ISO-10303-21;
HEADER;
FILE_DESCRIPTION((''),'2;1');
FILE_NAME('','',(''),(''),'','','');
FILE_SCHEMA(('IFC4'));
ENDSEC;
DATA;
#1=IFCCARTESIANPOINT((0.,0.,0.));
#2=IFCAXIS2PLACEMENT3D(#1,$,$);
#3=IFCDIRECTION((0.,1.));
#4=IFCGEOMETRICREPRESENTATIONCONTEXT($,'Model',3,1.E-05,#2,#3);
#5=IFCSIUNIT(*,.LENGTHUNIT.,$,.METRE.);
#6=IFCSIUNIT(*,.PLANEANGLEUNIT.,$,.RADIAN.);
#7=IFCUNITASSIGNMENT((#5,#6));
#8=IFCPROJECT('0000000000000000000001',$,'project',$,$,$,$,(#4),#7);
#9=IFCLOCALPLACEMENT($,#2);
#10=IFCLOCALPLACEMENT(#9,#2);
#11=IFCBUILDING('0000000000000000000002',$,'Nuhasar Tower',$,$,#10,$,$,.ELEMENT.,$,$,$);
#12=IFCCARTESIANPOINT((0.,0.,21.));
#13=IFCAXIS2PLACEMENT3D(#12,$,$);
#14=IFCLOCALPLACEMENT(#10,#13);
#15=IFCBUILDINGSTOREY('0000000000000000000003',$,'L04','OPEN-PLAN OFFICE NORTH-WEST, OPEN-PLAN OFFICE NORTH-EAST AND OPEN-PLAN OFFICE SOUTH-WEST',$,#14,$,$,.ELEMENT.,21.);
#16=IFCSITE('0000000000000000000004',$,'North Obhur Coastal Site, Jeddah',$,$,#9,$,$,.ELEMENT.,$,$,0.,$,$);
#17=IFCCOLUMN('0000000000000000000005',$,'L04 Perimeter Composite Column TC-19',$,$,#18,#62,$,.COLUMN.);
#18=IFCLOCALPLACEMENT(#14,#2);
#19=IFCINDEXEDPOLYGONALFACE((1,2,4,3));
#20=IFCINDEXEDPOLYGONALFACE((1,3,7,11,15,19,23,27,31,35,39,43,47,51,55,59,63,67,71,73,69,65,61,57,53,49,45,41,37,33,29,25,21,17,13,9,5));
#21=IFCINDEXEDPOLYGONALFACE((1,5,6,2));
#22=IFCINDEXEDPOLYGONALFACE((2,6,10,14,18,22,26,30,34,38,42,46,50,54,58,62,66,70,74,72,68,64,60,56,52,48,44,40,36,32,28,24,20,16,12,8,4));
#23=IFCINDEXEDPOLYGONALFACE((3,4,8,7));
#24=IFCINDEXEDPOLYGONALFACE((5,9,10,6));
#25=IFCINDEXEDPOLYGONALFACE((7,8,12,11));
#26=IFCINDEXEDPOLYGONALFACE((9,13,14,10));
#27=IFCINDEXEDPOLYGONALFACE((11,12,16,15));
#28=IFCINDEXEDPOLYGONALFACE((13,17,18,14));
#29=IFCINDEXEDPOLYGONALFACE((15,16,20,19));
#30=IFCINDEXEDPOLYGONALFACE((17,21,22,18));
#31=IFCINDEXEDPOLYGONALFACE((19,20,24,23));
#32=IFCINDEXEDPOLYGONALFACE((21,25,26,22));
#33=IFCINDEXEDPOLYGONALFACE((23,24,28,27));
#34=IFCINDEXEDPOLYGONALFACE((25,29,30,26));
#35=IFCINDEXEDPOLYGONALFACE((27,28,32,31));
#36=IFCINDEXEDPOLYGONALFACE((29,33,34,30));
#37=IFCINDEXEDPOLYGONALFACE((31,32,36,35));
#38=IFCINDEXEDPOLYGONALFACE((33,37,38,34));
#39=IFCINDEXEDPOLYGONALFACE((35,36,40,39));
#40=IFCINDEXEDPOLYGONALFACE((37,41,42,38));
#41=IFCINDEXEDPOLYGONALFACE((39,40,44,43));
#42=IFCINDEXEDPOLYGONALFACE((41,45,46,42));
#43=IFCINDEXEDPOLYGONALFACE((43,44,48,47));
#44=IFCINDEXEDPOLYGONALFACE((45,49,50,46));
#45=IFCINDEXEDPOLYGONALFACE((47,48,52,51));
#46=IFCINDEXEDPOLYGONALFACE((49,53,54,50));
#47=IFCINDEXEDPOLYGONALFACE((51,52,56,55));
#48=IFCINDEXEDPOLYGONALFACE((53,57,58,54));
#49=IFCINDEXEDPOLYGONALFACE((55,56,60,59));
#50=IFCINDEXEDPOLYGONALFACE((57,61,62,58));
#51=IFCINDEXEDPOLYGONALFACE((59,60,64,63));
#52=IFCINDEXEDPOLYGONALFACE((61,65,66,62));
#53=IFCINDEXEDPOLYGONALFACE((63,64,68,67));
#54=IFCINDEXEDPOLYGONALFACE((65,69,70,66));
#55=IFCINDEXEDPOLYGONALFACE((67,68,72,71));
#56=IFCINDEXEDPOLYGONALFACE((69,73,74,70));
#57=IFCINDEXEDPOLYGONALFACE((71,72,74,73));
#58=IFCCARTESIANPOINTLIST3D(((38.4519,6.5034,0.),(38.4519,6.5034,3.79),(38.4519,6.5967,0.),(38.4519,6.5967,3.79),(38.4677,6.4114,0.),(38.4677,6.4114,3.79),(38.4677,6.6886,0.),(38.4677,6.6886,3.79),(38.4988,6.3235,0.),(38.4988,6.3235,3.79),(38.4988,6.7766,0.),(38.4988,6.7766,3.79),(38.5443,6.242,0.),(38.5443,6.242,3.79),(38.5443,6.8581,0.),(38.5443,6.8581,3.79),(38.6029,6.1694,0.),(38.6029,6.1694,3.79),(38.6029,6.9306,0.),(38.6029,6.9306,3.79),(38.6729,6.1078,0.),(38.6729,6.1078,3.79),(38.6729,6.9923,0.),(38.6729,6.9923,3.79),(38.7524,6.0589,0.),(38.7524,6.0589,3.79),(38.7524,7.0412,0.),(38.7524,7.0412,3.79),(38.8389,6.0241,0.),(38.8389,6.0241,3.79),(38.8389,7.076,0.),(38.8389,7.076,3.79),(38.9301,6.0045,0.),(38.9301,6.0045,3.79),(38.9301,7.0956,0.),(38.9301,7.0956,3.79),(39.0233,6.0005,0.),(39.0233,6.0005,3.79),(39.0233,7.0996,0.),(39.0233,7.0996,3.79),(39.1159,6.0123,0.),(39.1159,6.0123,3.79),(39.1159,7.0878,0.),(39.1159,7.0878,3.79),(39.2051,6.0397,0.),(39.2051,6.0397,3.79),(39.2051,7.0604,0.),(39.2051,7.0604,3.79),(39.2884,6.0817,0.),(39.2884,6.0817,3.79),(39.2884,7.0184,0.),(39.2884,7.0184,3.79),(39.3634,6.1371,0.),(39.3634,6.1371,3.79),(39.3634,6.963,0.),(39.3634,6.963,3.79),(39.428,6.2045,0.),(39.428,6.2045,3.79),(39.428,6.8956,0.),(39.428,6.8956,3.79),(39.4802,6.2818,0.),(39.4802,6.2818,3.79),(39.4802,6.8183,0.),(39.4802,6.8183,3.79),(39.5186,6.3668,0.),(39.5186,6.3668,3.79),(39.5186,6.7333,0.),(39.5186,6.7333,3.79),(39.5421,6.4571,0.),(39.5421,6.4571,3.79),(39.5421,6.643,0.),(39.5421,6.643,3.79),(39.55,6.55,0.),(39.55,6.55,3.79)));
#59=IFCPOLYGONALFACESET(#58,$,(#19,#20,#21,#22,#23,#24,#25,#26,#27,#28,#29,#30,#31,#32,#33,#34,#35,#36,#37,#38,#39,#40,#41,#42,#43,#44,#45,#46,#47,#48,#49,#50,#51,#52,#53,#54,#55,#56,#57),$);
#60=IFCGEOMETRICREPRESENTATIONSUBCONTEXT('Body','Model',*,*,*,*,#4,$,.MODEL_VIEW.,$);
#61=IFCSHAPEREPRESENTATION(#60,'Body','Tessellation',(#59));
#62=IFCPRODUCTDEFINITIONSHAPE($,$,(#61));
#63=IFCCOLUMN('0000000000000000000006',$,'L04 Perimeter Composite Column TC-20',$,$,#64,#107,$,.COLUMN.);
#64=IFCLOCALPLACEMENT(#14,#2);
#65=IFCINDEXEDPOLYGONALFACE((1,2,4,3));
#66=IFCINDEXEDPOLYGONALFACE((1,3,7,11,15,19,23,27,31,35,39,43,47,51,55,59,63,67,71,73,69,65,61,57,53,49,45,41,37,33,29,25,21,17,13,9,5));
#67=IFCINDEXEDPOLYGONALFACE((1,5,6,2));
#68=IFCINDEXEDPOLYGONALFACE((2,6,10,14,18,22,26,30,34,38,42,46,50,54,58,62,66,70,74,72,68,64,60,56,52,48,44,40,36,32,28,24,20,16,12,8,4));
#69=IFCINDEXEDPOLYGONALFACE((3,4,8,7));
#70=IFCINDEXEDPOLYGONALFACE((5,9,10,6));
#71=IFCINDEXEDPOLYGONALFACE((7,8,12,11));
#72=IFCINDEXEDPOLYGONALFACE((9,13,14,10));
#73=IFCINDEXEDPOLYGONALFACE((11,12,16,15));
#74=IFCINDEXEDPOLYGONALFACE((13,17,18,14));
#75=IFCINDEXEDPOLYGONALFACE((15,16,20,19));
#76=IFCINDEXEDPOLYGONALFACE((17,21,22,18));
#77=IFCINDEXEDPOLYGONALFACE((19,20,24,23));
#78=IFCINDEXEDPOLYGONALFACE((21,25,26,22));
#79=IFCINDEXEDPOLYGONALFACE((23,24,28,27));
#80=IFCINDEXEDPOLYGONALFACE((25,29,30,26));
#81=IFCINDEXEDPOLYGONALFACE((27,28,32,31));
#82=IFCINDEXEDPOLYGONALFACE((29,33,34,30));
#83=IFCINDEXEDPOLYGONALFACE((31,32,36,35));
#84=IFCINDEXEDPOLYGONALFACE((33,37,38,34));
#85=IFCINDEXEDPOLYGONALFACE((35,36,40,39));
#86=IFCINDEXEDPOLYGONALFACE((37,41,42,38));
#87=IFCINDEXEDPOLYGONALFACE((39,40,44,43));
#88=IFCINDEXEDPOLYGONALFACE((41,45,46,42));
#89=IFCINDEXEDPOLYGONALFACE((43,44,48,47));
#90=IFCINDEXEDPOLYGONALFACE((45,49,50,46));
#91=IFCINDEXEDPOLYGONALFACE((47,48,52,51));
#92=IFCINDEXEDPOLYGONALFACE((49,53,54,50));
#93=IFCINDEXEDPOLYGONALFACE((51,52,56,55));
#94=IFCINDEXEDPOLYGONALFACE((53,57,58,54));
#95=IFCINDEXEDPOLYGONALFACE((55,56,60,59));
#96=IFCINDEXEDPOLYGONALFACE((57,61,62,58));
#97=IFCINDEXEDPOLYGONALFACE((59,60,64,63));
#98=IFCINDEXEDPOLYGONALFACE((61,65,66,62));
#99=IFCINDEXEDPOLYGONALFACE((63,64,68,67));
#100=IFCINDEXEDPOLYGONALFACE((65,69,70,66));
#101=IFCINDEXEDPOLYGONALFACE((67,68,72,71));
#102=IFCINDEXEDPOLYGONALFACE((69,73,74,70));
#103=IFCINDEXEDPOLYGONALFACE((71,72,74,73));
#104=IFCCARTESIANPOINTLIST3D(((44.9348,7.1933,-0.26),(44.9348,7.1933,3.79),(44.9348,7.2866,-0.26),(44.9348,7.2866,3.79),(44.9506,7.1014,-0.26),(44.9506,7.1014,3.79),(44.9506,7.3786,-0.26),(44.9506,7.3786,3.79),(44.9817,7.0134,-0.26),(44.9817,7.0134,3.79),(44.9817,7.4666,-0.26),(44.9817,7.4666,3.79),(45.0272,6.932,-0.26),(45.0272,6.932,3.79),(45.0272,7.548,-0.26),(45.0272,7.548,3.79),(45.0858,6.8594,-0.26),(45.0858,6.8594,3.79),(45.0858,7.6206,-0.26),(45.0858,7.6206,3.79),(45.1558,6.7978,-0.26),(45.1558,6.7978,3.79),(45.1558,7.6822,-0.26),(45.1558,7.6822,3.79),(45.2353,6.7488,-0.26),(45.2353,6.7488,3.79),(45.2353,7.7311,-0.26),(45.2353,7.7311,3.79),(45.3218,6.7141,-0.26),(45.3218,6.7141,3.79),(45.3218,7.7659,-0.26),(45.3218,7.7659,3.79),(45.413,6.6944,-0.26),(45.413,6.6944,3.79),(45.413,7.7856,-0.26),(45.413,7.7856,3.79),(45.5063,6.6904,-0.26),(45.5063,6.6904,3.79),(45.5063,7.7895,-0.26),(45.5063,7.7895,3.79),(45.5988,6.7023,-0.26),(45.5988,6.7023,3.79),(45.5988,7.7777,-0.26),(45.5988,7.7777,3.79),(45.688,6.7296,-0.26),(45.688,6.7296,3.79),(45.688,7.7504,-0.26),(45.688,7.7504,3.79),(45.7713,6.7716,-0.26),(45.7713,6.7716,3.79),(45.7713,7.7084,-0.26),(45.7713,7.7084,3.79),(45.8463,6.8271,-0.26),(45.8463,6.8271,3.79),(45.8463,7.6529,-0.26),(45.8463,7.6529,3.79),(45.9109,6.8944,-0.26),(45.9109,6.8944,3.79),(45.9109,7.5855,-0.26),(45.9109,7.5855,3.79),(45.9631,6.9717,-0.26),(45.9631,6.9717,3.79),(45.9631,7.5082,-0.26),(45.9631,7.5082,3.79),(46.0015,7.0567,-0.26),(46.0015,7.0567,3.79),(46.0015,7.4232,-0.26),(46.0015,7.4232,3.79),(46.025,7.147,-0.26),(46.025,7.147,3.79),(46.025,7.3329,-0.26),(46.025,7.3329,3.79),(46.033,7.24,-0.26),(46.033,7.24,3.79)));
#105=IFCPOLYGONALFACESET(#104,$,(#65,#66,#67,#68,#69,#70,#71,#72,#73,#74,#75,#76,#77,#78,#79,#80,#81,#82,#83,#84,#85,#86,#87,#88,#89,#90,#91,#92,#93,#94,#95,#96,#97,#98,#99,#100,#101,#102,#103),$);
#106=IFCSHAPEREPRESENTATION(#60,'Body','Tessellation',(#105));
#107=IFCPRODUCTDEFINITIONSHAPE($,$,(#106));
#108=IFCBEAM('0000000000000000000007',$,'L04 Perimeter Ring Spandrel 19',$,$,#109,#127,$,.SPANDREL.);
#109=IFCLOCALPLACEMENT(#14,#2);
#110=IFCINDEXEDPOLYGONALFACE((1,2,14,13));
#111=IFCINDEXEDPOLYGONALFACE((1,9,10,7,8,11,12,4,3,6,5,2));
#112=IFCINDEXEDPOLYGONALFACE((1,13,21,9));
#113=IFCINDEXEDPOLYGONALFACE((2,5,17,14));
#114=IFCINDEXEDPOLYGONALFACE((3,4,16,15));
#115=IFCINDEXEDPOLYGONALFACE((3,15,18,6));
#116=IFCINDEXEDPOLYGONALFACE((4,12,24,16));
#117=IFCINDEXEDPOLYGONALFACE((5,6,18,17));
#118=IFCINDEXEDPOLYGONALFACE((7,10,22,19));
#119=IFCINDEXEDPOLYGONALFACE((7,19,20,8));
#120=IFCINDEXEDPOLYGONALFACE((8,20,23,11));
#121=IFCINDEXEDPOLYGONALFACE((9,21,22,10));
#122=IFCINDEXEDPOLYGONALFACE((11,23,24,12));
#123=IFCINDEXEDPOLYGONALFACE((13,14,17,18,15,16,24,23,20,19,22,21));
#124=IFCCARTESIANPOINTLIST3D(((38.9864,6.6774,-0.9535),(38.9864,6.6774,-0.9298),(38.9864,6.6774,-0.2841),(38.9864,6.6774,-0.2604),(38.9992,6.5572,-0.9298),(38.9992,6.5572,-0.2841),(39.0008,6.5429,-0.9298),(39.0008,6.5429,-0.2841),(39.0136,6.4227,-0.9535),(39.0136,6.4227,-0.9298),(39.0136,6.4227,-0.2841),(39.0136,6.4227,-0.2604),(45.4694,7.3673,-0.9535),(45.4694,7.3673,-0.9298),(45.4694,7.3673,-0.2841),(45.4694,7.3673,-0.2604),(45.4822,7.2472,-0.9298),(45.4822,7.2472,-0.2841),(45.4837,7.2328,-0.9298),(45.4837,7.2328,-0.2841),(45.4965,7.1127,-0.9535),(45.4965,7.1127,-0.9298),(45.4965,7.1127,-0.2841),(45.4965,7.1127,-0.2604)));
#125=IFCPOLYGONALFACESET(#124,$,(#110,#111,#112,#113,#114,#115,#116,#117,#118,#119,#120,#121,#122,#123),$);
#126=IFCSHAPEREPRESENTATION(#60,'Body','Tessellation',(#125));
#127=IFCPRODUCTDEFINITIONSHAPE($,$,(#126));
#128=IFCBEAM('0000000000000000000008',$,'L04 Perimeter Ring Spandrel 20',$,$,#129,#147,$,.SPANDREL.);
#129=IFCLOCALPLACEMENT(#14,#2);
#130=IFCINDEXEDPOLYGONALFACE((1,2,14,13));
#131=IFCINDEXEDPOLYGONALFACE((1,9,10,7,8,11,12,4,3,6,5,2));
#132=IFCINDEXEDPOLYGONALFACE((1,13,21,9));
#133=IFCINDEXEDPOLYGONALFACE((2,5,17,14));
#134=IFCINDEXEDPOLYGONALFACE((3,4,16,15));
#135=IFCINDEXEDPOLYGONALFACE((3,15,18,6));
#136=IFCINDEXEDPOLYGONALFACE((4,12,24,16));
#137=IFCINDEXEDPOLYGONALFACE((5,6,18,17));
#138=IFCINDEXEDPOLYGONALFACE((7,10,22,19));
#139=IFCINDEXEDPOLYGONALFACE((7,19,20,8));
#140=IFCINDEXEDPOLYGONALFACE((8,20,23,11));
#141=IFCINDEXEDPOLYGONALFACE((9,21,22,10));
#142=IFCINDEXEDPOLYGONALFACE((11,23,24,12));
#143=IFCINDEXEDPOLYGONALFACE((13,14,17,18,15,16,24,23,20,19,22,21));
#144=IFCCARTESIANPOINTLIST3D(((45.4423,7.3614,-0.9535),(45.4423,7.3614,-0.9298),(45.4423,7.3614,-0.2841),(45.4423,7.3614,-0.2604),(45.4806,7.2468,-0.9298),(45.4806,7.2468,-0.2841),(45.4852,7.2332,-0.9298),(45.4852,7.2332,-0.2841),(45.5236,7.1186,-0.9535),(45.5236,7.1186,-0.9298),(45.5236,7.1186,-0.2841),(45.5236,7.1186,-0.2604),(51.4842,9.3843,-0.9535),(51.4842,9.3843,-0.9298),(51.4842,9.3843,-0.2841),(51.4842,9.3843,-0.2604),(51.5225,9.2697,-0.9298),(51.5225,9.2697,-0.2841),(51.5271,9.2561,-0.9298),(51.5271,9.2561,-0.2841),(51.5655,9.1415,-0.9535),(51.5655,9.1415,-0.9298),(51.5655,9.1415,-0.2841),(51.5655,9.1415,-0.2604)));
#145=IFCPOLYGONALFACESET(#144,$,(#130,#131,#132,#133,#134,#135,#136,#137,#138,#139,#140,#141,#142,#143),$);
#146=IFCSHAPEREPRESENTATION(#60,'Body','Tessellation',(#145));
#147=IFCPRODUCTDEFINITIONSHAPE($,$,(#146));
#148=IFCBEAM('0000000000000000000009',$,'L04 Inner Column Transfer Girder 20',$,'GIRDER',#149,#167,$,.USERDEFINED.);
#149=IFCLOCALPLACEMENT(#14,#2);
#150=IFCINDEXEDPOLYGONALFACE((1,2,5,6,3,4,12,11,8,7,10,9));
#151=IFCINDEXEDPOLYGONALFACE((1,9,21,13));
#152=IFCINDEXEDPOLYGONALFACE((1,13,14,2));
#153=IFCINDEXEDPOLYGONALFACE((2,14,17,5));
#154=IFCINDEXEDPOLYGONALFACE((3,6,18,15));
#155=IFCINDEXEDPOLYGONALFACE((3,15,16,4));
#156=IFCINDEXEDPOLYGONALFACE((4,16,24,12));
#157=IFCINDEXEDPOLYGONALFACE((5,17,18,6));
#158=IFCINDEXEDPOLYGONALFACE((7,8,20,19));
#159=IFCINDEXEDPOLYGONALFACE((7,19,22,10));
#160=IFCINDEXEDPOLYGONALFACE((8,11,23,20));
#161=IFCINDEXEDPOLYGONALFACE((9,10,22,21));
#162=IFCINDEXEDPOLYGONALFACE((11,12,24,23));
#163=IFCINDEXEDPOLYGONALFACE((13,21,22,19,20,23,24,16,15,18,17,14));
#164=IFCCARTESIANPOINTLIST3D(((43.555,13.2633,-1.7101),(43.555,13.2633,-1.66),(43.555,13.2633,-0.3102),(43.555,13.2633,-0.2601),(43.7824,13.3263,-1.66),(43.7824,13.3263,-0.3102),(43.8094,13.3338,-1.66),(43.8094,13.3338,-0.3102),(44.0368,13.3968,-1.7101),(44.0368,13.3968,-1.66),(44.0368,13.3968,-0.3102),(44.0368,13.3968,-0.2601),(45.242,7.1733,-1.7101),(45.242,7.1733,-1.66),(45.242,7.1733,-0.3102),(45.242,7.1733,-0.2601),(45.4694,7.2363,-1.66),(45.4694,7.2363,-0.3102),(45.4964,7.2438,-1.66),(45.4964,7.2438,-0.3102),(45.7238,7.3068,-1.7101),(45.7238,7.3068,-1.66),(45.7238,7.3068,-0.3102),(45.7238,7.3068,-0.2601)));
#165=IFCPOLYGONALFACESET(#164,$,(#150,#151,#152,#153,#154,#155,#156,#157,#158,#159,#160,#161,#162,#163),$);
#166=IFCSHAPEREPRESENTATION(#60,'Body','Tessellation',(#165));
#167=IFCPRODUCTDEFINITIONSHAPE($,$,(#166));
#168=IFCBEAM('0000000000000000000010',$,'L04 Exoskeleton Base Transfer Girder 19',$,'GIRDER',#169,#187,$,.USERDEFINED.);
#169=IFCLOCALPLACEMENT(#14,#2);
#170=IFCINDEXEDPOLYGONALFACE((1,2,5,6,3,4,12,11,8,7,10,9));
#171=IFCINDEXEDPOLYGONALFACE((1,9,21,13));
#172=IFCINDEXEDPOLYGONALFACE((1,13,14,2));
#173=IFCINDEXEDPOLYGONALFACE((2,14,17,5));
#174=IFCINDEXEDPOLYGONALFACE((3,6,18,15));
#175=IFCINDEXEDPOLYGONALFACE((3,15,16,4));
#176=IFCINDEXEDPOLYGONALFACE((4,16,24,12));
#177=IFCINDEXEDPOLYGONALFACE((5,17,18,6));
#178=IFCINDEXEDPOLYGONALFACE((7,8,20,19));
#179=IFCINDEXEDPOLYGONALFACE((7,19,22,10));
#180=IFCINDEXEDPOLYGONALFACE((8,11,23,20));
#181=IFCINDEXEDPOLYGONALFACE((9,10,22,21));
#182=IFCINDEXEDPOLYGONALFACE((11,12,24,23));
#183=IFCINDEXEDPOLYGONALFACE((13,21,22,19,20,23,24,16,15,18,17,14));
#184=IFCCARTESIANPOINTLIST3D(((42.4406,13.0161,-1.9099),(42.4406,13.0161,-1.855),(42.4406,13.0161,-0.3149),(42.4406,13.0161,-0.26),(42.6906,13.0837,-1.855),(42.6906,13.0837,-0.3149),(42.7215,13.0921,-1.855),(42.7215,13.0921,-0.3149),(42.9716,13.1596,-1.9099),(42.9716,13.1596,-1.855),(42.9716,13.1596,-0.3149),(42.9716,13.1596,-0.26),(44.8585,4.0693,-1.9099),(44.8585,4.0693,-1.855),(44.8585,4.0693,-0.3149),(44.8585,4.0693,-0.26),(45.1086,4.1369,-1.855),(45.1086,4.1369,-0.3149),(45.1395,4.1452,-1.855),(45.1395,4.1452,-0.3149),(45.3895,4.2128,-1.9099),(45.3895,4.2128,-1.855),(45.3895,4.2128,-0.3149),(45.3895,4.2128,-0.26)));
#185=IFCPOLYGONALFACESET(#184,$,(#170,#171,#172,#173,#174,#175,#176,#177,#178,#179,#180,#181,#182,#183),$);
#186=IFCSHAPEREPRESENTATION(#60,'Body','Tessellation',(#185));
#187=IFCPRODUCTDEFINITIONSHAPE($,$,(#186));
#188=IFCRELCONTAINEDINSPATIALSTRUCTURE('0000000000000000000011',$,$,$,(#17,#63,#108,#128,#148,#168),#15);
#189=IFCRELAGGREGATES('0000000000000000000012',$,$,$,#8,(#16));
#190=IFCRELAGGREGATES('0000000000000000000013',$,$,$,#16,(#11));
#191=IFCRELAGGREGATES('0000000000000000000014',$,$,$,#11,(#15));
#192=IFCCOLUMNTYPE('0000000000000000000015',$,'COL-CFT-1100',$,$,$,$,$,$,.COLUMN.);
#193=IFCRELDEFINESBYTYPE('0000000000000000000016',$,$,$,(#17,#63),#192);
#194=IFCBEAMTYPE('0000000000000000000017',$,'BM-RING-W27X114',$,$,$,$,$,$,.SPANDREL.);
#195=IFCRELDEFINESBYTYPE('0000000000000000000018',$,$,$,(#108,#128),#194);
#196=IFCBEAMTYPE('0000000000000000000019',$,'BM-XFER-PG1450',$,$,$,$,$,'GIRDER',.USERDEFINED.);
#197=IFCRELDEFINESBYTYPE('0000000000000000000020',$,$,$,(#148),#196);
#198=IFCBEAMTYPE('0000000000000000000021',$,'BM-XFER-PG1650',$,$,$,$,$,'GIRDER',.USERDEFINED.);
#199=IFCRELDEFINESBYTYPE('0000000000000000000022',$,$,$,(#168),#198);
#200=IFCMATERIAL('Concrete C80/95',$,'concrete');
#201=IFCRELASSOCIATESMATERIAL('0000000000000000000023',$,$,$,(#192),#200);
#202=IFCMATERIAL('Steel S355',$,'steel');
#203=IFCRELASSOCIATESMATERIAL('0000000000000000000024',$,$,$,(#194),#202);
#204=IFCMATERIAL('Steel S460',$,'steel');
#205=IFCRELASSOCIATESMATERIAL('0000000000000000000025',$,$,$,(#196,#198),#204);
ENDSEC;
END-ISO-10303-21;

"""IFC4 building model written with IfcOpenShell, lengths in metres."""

from ifc_helpers import new_model, si_unit, direction, frame, origin, origin_2d, place, context, subcontext, project, spatial, circle, i_section, extrude, material, material_profile, profile_set, type_object, element, save


model = new_model("IFC4")

# Units and contexts
model_context = context("Model", 3, precision=1e-05, world=origin(), true_north=direction((0.0, 1.0)))
body_context = subcontext(model_context, "Body", "Model", "MODEL_VIEW")
ifc_project = project(units=[si_unit("LENGTHUNIT", "METRE"), si_unit("PLANEANGLEUNIT", "RADIAN")], contexts=[model_context])

# Site, building, storey
site_placement = place(None, origin())
site = spatial("IfcSite", under=ifc_project, at=site_placement, Name="North Obhur Coastal Site, Jeddah", CompositionType="ELEMENT", RefElevation=0.0)
building_placement = place(site_placement, origin())
building = spatial("IfcBuilding", under=site, at=building_placement, Name="Nuhasar Tower", CompositionType="ELEMENT")
storey_placement = place(building_placement, frame((0.0, 0.0, 21.0)))
storey = spatial("IfcBuildingStorey", under=building, at=storey_placement, Name="L04", Description="OPEN-PLAN OFFICE NORTH-WEST, OPEN-PLAN OFFICE NORTH-EAST AND OPEN-PLAN OFFICE SOUTH-WEST", CompositionType="ELEMENT", Elevation=21.0)

# Columns
ifc_material_1 = material(Name="Concrete C80/95", Category="concrete")
ifc_material_profile_1 = material_profile(ifc_material_1, circle(Radius=0.55, at=origin_2d()), Name="CFT1100")
ifc_profile_set_1 = profile_set([ifc_material_profile_1], Name="Concrete C80/95")
column_type = type_object("IfcColumnType", Name="COL-CFT-1100", PredefinedType="COLUMN", material=ifc_profile_set_1)
column_1_placement = place(storey_placement, frame((39.0, 6.55, 0.0), z_axis=(0.0, 0.0, 1.0), x_axis=(1.0, 0.0, 0.0)))
element("IfcColumn", 1, at=column_1_placement, inside=storey, type_object=column_type, Name="L04 Perimeter Composite Column TC-19", PredefinedType="COLUMN", context=body_context, shape_type="SweptSolid", body=[
    extrude(circle(Radius=0.55, at=origin_2d()), origin(), (0.0, 0.0, 1.0), 3.79),
])
column_2_placement = place(storey_placement, frame((45.4829, 7.24, -0.26), z_axis=(0.0, 0.0, 1.0), x_axis=(1.0, 0.0, 0.0)))
element("IfcColumn", 2, at=column_2_placement, inside=storey, type_object=column_type, Name="L04 Perimeter Composite Column TC-20", PredefinedType="COLUMN", context=body_context, shape_type="SweptSolid", body=[
    extrude(circle(Radius=0.55, at=origin_2d()), origin(), (0.0, 0.0, 1.0), 4.05),
])

# Beams
ifc_material_2 = material(Name="Steel S355", Category="steel")
ifc_material_profile_2 = material_profile(ifc_material_2, i_section(OverallWidth=0.2561, OverallDepth=0.6931, WebThickness=0.0144, FlangeThickness=0.0237, at=origin_2d()), Name="W27X114")
ifc_profile_set_2 = profile_set([ifc_material_profile_2], Name="Steel S355")
beam_type_1 = type_object("IfcBeamType", Name="BM-RING-W27X114", PredefinedType="SPANDREL", material=ifc_profile_set_2)
beam_1_placement = place(storey_placement, frame((39.0, 6.55, -0.6069), z_axis=(0.994385, 0.105827, 0.0), x_axis=(-0.105827, 0.994385, 0.0)))
element("IfcBeam", 3, at=beam_1_placement, inside=storey, type_object=beam_type_1, Name="L04 Perimeter Ring Spandrel 19", PredefinedType="SPANDREL", context=body_context, shape_type="SweptSolid", body=[
    extrude(i_section(OverallWidth=0.2561, OverallDepth=0.6931, WebThickness=0.0144, FlangeThickness=0.0237, at=origin_2d()), origin(), (0.0, 0.0, 1.0), 6.5195),
])
beam_2_placement = place(storey_placement, frame((45.4829, 7.24, -0.6069), z_axis=(0.948261, 0.317492, 0.0), x_axis=(-0.317492, 0.948261, 0.0)))
element("IfcBeam", 4, at=beam_2_placement, inside=storey, type_object=beam_type_1, Name="L04 Perimeter Ring Spandrel 20", PredefinedType="SPANDREL", context=body_context, shape_type="SweptSolid", body=[
    extrude(i_section(OverallWidth=0.2561, OverallDepth=0.6931, WebThickness=0.0144, FlangeThickness=0.0237, at=origin_2d()), origin(), (0.0, 0.0, 1.0), 6.3716),
])
ifc_material_3 = material(Name="Steel S460", Category="steel")
ifc_material_profile_3 = material_profile(ifc_material_3, i_section(OverallWidth=0.5, OverallDepth=1.45, WebThickness=0.0281, FlangeThickness=0.05, at=origin_2d()), Name="PG1450X500")
ifc_profile_set_3 = profile_set([ifc_material_profile_3], Name="Steel S460")
beam_type_2 = type_object("IfcBeamType", Name="BM-XFER-PG1450", ElementType="GIRDER", PredefinedType="USERDEFINED", material=ifc_profile_set_3)
beam_3_placement = place(storey_placement, frame((43.7959, 13.3301, -0.9851), z_axis=(0.266956, -0.963709, 0.0), x_axis=(0.963709, 0.266956, 0.0)))
element("IfcBeam", 5, at=beam_3_placement, inside=storey, type_object=beam_type_2, Name="L04 Inner Column Transfer Girder 20", ObjectType="GIRDER", PredefinedType="USERDEFINED", context=body_context, shape_type="SweptSolid", body=[
    extrude(i_section(OverallWidth=0.5, OverallDepth=1.45, WebThickness=0.0281, FlangeThickness=0.05, at=origin_2d()), origin(), (0.0, 0.0, 1.0), 6.3193),
])
ifc_material_profile_4 = material_profile(ifc_material_3, i_section(OverallWidth=0.55, OverallDepth=1.6499, WebThickness=0.032, FlangeThickness=0.0549, at=origin_2d()), Name="PG1650X550")
ifc_profile_set_4 = profile_set([ifc_material_profile_4], Name="Steel S460")
beam_type_3 = type_object("IfcBeamType", Name="BM-XFER-PG1650", ElementType="GIRDER", PredefinedType="USERDEFINED", material=ifc_profile_set_4)
beam_4_placement = place(storey_placement, frame((42.7061, 13.0879, -1.085), z_axis=(0.260901, -0.965366, 0.0), x_axis=(0.965366, 0.260901, 0.0)))
element("IfcBeam", 6, at=beam_4_placement, inside=storey, type_object=beam_type_3, Name="L04 Exoskeleton Base Transfer Girder 19", ObjectType="GIRDER", PredefinedType="USERDEFINED", context=body_context, shape_type="SweptSolid", body=[
    extrude(i_section(OverallWidth=0.55, OverallDepth=1.6499, WebThickness=0.032, FlangeThickness=0.0549, at=origin_2d()), origin(), (0.0, 0.0, 1.0), 9.2678),
])

save(model, "model.ifc")
